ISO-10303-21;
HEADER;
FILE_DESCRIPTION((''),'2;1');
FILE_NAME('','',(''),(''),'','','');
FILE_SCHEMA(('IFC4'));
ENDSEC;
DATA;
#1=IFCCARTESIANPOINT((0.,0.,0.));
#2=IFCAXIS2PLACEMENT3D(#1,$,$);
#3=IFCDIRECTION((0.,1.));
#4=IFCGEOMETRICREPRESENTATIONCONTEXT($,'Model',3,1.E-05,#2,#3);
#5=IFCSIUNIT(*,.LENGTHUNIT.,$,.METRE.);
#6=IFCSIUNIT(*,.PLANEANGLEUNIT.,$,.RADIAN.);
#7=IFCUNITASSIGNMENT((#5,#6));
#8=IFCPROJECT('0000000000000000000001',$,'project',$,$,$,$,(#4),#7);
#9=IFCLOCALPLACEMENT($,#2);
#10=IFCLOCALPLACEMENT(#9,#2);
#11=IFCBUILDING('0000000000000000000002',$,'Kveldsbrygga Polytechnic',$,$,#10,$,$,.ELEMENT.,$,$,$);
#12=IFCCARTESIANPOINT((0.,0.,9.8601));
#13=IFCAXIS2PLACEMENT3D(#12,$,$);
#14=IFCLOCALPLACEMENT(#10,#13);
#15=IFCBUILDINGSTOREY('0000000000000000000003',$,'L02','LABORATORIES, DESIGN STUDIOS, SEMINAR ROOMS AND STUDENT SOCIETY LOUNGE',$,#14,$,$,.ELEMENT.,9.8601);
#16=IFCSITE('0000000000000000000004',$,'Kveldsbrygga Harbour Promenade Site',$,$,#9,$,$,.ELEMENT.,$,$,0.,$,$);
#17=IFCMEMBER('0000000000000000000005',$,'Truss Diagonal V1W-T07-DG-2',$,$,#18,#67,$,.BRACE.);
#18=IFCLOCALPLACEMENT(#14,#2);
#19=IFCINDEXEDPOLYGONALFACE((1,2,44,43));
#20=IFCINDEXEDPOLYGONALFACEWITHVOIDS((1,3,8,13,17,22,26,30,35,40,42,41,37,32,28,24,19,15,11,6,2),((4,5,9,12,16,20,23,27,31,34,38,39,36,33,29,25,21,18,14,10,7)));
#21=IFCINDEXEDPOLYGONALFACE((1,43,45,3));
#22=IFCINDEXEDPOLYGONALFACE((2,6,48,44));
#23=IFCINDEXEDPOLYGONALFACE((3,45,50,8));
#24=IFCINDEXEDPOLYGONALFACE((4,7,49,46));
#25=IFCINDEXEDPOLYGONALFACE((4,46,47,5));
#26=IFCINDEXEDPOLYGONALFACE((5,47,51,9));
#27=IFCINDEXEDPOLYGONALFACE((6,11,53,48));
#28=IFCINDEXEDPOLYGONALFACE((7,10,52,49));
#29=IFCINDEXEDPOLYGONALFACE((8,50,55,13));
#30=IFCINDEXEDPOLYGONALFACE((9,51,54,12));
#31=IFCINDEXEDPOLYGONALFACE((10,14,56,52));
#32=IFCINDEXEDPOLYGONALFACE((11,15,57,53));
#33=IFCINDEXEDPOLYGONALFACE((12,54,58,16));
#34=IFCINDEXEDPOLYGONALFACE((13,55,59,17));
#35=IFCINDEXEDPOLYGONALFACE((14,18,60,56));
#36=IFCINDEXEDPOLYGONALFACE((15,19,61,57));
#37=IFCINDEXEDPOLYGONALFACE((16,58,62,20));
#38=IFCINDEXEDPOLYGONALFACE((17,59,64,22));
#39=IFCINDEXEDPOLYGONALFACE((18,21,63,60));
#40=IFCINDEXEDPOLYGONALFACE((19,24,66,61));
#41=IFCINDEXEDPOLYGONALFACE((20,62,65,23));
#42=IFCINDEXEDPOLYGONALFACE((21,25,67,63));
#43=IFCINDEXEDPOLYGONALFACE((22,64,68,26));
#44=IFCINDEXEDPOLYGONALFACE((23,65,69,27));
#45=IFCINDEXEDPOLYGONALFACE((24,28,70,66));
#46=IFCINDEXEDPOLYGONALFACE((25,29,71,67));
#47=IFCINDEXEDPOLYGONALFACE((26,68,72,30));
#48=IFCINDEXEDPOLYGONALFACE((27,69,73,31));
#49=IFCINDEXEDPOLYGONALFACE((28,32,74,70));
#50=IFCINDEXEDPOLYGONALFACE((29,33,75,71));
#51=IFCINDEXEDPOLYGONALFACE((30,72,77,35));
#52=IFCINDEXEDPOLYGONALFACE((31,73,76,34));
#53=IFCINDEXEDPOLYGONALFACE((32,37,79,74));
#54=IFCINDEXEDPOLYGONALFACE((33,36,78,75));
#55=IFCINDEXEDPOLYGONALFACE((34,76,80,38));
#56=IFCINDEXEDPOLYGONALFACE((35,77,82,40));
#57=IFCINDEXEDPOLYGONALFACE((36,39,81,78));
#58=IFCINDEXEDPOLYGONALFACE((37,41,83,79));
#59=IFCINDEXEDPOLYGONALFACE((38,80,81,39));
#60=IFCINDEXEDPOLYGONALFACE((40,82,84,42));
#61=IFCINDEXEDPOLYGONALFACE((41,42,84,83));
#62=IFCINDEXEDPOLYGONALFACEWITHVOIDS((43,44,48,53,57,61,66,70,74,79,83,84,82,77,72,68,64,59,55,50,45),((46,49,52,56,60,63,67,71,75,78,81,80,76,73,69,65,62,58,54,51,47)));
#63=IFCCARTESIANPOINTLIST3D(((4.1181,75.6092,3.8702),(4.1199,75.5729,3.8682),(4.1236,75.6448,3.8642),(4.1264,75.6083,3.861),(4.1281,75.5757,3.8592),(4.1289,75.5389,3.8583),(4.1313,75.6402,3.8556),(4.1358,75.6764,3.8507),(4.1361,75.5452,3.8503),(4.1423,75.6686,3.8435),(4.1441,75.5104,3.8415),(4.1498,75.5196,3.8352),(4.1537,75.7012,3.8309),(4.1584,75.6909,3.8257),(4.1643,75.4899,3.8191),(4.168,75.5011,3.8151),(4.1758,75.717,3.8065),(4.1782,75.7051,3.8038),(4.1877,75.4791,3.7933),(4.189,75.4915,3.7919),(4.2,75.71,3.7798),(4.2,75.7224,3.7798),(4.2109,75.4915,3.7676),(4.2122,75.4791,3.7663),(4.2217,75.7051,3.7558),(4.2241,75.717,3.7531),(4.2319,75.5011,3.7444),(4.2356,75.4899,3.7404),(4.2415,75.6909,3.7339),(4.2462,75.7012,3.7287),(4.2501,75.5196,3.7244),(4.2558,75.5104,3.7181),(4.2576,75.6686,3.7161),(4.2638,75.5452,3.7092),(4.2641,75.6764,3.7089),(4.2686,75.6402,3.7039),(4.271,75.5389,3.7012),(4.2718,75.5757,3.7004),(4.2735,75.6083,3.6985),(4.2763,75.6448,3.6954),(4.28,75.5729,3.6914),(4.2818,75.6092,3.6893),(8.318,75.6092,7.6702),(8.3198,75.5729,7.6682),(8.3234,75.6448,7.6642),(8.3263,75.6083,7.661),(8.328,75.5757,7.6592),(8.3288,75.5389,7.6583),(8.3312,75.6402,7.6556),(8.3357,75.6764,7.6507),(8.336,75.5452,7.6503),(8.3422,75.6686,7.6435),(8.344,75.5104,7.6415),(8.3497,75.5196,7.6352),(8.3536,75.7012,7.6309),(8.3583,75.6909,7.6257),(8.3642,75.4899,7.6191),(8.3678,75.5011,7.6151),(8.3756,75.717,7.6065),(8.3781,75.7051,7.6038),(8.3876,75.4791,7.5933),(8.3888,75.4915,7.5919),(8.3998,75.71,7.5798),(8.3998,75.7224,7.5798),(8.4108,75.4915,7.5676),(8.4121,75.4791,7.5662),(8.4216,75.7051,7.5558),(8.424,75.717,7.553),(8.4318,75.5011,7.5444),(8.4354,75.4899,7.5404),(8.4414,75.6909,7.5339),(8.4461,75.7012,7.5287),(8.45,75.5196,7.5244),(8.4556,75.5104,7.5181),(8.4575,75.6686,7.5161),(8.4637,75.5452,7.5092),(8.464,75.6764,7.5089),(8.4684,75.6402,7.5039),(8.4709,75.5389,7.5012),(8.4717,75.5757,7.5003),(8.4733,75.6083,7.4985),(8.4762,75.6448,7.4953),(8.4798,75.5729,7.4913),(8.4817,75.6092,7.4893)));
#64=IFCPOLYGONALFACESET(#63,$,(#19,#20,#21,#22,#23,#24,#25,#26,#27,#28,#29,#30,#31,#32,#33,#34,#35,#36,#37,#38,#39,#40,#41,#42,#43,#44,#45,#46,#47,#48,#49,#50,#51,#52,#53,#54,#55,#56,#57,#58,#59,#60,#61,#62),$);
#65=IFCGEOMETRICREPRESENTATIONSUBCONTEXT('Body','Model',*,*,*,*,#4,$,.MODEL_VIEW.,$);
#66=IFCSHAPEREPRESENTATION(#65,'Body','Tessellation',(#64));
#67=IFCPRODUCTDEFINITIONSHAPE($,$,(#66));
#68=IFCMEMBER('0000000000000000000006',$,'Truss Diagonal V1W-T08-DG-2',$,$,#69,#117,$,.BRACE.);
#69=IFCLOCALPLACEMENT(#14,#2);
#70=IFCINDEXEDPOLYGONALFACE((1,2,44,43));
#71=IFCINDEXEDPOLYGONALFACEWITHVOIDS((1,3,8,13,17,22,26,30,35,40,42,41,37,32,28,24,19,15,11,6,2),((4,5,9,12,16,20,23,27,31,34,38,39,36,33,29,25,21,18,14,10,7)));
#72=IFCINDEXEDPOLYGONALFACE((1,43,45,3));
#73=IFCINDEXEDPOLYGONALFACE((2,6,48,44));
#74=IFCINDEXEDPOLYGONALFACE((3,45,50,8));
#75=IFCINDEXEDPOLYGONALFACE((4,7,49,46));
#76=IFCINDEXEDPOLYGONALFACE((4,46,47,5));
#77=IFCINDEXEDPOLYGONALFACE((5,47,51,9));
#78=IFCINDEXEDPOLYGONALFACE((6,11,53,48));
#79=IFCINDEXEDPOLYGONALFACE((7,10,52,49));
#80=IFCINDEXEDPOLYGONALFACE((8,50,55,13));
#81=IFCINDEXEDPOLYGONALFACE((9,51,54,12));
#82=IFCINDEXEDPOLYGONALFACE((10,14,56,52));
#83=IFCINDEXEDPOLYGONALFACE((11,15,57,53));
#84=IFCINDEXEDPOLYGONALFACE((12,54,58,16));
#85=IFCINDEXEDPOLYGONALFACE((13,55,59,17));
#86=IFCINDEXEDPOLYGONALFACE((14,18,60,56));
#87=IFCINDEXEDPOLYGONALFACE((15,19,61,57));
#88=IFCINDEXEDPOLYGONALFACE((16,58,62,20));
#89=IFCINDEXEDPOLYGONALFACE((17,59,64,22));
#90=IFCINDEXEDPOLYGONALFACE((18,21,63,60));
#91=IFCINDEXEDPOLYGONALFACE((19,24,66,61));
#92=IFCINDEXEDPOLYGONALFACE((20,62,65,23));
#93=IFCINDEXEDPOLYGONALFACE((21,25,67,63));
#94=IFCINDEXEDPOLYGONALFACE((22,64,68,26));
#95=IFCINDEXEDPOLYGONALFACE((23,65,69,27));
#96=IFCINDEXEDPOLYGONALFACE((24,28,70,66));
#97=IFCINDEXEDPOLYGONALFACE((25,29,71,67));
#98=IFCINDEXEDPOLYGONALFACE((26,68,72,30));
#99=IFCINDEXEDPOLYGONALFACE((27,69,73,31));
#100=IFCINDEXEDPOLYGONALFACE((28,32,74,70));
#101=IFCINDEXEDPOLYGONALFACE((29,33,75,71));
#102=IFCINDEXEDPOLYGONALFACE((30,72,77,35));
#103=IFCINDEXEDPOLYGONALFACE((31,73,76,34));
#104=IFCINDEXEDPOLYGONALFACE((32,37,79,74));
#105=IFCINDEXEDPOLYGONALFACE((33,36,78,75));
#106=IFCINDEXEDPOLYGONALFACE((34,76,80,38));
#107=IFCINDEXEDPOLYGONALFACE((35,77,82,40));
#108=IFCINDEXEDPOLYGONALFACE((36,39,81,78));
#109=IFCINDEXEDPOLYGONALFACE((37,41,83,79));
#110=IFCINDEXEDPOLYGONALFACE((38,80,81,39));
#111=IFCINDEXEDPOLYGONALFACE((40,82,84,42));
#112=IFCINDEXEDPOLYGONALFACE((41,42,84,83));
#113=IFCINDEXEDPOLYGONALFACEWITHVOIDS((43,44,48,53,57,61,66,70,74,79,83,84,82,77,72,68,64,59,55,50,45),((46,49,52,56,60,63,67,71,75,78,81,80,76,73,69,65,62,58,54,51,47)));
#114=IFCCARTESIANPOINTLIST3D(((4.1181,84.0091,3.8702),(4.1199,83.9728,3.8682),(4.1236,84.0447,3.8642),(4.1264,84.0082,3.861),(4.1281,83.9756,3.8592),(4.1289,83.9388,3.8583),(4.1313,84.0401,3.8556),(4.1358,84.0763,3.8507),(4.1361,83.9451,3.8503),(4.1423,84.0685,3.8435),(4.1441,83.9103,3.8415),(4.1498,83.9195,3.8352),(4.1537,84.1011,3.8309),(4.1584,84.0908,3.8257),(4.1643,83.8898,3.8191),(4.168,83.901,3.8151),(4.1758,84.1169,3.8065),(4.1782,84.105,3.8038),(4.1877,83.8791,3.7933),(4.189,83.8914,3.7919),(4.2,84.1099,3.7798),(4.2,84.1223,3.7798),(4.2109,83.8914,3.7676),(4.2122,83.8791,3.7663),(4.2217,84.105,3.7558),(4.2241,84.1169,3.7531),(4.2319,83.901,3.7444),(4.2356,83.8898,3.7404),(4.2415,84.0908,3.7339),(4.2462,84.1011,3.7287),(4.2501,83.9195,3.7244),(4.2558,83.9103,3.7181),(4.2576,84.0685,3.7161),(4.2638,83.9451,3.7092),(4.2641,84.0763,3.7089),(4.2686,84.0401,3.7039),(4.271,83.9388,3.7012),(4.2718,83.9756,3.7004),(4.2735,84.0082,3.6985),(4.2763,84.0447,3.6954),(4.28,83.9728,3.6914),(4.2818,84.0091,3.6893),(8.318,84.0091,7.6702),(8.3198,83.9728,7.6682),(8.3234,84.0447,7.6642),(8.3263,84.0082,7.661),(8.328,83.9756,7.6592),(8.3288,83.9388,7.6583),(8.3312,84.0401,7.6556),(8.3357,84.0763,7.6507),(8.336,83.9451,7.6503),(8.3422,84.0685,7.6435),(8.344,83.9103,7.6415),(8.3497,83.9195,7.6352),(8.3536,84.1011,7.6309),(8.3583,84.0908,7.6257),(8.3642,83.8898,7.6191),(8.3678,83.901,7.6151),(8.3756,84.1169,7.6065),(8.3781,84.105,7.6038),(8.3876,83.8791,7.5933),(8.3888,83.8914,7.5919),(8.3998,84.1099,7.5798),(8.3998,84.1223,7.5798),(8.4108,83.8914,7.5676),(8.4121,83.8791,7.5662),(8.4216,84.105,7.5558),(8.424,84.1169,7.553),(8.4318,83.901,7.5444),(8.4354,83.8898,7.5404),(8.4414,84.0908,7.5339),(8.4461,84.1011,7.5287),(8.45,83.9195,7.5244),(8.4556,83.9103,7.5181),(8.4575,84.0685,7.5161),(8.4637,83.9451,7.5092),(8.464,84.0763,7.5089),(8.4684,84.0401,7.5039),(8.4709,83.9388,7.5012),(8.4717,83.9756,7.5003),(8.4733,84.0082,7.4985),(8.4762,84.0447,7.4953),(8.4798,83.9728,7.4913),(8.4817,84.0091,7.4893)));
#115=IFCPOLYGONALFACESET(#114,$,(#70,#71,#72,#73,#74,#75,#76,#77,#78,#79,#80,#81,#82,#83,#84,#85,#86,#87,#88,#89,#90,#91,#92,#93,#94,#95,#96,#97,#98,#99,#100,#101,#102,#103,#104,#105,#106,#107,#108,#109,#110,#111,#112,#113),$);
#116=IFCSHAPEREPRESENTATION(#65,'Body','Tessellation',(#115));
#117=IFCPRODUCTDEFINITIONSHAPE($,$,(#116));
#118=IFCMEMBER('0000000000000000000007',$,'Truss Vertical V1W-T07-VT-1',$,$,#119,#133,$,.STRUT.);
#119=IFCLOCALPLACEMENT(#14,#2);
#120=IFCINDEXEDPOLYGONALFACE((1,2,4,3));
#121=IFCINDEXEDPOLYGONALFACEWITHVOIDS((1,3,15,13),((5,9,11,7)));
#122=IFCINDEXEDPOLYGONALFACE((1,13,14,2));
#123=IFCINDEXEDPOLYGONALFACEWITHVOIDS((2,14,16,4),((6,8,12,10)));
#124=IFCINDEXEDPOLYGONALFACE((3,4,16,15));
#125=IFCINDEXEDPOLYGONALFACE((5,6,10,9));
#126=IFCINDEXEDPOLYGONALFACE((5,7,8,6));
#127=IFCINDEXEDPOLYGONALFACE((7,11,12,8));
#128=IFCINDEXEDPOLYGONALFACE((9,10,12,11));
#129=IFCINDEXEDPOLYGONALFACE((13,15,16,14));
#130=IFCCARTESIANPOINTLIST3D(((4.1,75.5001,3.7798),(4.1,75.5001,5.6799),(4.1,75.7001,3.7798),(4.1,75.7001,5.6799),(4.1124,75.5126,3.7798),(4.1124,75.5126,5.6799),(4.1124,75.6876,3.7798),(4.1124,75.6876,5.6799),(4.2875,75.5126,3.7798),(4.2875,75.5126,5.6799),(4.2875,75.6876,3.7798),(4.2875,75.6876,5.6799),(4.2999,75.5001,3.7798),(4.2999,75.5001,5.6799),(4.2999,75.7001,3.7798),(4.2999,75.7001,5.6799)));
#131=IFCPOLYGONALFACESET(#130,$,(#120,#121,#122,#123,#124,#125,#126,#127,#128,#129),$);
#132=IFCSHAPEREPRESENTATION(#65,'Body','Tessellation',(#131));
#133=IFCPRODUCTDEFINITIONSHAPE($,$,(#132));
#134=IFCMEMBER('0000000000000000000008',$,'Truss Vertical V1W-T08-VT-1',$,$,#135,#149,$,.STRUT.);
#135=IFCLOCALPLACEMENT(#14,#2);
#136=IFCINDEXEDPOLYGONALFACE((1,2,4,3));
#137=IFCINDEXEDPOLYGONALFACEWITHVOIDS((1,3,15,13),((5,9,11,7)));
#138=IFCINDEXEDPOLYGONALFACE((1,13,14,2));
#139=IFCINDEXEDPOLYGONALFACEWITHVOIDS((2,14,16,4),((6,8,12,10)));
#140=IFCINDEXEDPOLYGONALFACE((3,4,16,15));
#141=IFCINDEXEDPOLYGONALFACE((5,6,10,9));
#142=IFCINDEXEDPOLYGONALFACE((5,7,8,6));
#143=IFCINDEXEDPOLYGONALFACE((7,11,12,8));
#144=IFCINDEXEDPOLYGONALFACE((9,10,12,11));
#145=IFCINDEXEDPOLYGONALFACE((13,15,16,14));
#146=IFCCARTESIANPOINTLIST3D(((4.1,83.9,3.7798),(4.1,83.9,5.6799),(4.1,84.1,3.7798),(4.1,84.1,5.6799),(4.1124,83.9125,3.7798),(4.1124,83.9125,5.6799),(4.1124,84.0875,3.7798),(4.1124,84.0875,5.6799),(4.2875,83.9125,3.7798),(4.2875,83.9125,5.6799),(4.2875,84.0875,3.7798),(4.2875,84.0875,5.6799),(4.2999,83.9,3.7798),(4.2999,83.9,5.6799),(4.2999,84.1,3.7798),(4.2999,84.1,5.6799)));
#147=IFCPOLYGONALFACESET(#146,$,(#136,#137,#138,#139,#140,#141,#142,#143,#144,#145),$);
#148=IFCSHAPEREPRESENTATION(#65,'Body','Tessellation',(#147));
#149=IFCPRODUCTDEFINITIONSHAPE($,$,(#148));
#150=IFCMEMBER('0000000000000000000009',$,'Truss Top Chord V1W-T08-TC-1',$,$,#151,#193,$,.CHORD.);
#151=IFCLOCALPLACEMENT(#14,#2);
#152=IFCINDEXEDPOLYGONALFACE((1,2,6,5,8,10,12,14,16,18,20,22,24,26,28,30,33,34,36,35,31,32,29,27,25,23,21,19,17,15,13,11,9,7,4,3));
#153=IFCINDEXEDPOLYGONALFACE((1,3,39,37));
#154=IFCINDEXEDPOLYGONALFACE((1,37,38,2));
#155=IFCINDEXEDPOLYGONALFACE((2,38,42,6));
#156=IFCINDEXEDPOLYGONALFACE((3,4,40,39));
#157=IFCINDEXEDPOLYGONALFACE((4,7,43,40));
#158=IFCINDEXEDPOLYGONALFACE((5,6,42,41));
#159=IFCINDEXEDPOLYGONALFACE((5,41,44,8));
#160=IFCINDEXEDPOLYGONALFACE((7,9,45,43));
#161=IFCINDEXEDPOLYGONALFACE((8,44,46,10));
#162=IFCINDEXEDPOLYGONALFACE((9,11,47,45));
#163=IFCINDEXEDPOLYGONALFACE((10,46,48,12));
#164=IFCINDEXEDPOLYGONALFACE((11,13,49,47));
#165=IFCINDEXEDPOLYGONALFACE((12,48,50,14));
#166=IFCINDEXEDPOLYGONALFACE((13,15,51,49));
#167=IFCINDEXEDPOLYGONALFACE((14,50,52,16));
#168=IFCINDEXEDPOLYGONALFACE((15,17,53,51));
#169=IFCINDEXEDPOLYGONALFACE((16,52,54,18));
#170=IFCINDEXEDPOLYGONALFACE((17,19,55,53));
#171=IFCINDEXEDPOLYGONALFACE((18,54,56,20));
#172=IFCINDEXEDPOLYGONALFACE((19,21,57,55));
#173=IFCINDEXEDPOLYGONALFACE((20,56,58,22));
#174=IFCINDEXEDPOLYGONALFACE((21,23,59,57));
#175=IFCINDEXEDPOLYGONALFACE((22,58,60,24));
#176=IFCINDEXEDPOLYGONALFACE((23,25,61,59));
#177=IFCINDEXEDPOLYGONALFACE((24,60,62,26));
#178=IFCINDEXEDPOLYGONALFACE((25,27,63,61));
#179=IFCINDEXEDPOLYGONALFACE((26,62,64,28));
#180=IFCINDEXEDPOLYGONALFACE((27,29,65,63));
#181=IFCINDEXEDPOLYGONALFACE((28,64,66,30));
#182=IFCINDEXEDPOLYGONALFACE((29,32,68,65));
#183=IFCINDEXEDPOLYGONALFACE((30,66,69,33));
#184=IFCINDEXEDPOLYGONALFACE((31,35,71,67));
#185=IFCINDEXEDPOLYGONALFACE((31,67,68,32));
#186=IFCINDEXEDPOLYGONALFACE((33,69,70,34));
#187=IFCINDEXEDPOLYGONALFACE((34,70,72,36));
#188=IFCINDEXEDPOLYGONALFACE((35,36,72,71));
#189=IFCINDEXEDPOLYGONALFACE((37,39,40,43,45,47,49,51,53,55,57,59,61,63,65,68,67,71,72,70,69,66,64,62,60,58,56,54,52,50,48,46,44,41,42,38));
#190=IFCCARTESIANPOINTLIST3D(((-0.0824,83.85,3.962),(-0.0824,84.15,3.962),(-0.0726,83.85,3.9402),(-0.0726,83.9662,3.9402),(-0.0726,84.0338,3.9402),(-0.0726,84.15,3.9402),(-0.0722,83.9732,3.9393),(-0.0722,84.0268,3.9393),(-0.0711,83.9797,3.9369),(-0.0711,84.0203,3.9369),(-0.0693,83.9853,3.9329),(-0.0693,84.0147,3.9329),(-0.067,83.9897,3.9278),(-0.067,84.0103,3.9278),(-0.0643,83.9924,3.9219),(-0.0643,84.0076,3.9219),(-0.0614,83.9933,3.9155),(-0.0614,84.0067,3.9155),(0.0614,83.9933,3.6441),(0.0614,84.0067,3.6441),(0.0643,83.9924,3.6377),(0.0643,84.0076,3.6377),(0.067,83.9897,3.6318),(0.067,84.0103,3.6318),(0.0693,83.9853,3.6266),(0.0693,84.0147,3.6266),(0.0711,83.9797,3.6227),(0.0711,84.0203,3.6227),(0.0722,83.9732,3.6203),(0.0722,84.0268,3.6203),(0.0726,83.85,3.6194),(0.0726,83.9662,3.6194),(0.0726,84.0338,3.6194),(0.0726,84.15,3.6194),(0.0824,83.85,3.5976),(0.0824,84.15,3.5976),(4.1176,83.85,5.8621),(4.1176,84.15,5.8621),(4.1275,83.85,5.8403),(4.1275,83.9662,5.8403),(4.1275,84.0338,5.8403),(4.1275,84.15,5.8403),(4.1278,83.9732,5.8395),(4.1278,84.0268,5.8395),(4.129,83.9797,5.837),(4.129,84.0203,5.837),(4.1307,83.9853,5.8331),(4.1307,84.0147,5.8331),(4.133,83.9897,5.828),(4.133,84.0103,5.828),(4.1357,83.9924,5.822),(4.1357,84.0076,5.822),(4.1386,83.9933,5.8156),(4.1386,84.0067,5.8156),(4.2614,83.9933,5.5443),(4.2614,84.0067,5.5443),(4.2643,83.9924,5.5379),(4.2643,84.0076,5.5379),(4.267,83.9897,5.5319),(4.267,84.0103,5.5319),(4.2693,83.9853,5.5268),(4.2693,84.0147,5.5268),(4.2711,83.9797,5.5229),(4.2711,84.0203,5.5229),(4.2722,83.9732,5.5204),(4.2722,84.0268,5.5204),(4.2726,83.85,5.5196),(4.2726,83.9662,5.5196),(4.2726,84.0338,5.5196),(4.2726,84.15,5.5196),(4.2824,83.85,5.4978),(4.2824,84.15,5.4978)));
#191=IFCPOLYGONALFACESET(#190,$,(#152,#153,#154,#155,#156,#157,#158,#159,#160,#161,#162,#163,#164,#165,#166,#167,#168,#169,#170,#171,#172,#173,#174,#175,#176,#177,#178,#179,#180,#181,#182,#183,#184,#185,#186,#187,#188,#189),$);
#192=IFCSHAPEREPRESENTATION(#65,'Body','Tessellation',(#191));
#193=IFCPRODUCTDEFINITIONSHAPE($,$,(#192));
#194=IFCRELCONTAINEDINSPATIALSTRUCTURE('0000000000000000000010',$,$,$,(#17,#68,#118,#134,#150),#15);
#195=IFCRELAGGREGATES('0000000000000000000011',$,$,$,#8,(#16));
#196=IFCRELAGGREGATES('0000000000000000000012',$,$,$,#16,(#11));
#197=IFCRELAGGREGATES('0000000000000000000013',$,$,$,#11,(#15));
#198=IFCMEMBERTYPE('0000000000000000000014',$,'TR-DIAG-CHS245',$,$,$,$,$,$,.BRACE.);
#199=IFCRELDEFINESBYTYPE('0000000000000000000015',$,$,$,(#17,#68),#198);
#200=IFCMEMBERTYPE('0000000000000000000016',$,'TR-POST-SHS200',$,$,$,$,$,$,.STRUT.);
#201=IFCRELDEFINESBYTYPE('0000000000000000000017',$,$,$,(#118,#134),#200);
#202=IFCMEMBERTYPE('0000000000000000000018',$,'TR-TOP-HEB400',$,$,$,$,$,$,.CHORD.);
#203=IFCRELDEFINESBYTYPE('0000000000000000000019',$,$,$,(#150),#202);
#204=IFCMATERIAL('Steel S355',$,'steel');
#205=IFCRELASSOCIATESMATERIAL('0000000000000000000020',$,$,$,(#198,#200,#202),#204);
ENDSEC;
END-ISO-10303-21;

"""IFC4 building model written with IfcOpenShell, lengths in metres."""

from ifc_helpers import new_model, si_unit, direction, frame, origin, origin_2d, place, context, subcontext, project, spatial, hollow_rectangle, hollow_circle, i_section, extrude, material, material_profile, profile_set, type_object, element, save


model = new_model("IFC4")

# Units and contexts
model_context = context("Model", 3, precision=1e-05, world=origin(), true_north=direction((0.0, 1.0)))
body_context = subcontext(model_context, "Body", "Model", "MODEL_VIEW")
ifc_project = project(units=[si_unit("LENGTHUNIT", "METRE"), si_unit("PLANEANGLEUNIT", "RADIAN")], contexts=[model_context])

# Site, building, storey
site_placement = place(None, origin())
site = spatial("IfcSite", under=ifc_project, at=site_placement, Name="Kveldsbrygga Harbour Promenade Site", CompositionType="ELEMENT", RefElevation=0.0)
building_placement = place(site_placement, origin())
building = spatial("IfcBuilding", under=site, at=building_placement, Name="Kveldsbrygga Polytechnic", CompositionType="ELEMENT")
storey_placement = place(building_placement, frame((0.0, 0.0, 9.8601)))
storey = spatial("IfcBuildingStorey", under=building, at=storey_placement, Name="L02", Description="LABORATORIES, DESIGN STUDIOS, SEMINAR ROOMS AND STUDENT SOCIETY LOUNGE", CompositionType="ELEMENT", Elevation=9.8601)

# Shared definitions
ifc_material_1 = material(Name="Steel S355", Category="steel")

# Members
ifc_material_profile_1 = material_profile(ifc_material_1, hollow_circle(Radius=0.1223, WallThickness=0.0125, at=origin_2d()), Name="CHS 244.5x12.5")
ifc_profile_set_1 = profile_set([ifc_material_profile_1], Name="Steel S355")
member_type_1 = type_object("IfcMemberType", Name="TR-DIAG-CHS245", PredefinedType="BRACE", material=ifc_profile_set_1)
for number, where, z_axis, x_axis, name in (
    (1, (4.2, 75.6001, 3.7798), (0.741528, 0.0, 0.670922), (0.0, 1.0, 0.0), "Truss Diagonal V1W-T07-DG-2"),
    (2, (4.2, 84.0, 3.7798), (0.741528, 0.0, 0.670922), (0.0, 1.0, 0.0), "Truss Diagonal V1W-T08-DG-2"),
):
    element("IfcMember", number, at=place(storey_placement, frame(where, z_axis=z_axis, x_axis=x_axis)), inside=storey, type_object=member_type_1, Name=name, PredefinedType="BRACE", context=body_context, shape_type="SweptSolid", body=[
        extrude(hollow_circle(Radius=0.1223, WallThickness=0.0125, at=origin_2d()), origin(), (0.0, 0.0, 1.0), 5.6638),
    ])
ifc_material_profile_2 = material_profile(ifc_material_1, hollow_rectangle(XDim=0.2, YDim=0.2, WallThickness=0.0125, at=origin_2d()), Name="SHS 200x200x12.5")
ifc_profile_set_2 = profile_set([ifc_material_profile_2], Name="Steel S355")
member_type_2 = type_object("IfcMemberType", Name="TR-POST-SHS200", PredefinedType="STRUT", material=ifc_profile_set_2)
for number, where, z_axis, x_axis, name in (
    (3, (4.2, 75.6001, 3.7798), (0.0, 0.0, 1.0), (1.0, 0.0, 0.0), "Truss Vertical V1W-T07-VT-1"),
    (4, (4.2, 84.0, 3.7798), (0.0, 0.0, 1.0), (1.0, 0.0, 0.0), "Truss Vertical V1W-T08-VT-1"),
):
    element("IfcMember", number, at=place(storey_placement, frame(where, z_axis=z_axis, x_axis=x_axis)), inside=storey, type_object=member_type_2, Name=name, PredefinedType="STRUT", context=body_context, shape_type="SweptSolid", body=[
        extrude(hollow_rectangle(XDim=0.2, YDim=0.2, WallThickness=0.0125, at=origin_2d()), origin(), (0.0, 0.0, 1.0), 1.9001),
    ])
ifc_material_profile_3 = material_profile(ifc_material_1, i_section(OverallWidth=0.3, OverallDepth=0.3999, WebThickness=0.0134, FlangeThickness=0.0239, FilletRadius=0.0271, at=origin_2d()), Name="HEB 400")
ifc_profile_set_3 = profile_set([ifc_material_profile_3], Name="Steel S355")
member_type_3 = type_object("IfcMemberType", Name="TR-TOP-HEB400", PredefinedType="CHORD", material=ifc_profile_set_3)
member_1_placement = place(storey_placement, frame((0.0, 84.0, 3.7798), z_axis=(0.911094, 0.0, 0.412198), x_axis=(0.0, 1.0, 0.0)))
element("IfcMember", 5, at=member_1_placement, inside=storey, type_object=member_type_3, Name="Truss Top Chord V1W-T08-TC-1", PredefinedType="CHORD", context=body_context, shape_type="SweptSolid", body=[
    extrude(i_section(OverallWidth=0.3, OverallDepth=0.3999, WebThickness=0.0134, FlangeThickness=0.0239, FilletRadius=0.0271, at=origin_2d()), origin(), (0.0, 0.0, 1.0), 4.6099),
])

save(model, "model.ifc")
